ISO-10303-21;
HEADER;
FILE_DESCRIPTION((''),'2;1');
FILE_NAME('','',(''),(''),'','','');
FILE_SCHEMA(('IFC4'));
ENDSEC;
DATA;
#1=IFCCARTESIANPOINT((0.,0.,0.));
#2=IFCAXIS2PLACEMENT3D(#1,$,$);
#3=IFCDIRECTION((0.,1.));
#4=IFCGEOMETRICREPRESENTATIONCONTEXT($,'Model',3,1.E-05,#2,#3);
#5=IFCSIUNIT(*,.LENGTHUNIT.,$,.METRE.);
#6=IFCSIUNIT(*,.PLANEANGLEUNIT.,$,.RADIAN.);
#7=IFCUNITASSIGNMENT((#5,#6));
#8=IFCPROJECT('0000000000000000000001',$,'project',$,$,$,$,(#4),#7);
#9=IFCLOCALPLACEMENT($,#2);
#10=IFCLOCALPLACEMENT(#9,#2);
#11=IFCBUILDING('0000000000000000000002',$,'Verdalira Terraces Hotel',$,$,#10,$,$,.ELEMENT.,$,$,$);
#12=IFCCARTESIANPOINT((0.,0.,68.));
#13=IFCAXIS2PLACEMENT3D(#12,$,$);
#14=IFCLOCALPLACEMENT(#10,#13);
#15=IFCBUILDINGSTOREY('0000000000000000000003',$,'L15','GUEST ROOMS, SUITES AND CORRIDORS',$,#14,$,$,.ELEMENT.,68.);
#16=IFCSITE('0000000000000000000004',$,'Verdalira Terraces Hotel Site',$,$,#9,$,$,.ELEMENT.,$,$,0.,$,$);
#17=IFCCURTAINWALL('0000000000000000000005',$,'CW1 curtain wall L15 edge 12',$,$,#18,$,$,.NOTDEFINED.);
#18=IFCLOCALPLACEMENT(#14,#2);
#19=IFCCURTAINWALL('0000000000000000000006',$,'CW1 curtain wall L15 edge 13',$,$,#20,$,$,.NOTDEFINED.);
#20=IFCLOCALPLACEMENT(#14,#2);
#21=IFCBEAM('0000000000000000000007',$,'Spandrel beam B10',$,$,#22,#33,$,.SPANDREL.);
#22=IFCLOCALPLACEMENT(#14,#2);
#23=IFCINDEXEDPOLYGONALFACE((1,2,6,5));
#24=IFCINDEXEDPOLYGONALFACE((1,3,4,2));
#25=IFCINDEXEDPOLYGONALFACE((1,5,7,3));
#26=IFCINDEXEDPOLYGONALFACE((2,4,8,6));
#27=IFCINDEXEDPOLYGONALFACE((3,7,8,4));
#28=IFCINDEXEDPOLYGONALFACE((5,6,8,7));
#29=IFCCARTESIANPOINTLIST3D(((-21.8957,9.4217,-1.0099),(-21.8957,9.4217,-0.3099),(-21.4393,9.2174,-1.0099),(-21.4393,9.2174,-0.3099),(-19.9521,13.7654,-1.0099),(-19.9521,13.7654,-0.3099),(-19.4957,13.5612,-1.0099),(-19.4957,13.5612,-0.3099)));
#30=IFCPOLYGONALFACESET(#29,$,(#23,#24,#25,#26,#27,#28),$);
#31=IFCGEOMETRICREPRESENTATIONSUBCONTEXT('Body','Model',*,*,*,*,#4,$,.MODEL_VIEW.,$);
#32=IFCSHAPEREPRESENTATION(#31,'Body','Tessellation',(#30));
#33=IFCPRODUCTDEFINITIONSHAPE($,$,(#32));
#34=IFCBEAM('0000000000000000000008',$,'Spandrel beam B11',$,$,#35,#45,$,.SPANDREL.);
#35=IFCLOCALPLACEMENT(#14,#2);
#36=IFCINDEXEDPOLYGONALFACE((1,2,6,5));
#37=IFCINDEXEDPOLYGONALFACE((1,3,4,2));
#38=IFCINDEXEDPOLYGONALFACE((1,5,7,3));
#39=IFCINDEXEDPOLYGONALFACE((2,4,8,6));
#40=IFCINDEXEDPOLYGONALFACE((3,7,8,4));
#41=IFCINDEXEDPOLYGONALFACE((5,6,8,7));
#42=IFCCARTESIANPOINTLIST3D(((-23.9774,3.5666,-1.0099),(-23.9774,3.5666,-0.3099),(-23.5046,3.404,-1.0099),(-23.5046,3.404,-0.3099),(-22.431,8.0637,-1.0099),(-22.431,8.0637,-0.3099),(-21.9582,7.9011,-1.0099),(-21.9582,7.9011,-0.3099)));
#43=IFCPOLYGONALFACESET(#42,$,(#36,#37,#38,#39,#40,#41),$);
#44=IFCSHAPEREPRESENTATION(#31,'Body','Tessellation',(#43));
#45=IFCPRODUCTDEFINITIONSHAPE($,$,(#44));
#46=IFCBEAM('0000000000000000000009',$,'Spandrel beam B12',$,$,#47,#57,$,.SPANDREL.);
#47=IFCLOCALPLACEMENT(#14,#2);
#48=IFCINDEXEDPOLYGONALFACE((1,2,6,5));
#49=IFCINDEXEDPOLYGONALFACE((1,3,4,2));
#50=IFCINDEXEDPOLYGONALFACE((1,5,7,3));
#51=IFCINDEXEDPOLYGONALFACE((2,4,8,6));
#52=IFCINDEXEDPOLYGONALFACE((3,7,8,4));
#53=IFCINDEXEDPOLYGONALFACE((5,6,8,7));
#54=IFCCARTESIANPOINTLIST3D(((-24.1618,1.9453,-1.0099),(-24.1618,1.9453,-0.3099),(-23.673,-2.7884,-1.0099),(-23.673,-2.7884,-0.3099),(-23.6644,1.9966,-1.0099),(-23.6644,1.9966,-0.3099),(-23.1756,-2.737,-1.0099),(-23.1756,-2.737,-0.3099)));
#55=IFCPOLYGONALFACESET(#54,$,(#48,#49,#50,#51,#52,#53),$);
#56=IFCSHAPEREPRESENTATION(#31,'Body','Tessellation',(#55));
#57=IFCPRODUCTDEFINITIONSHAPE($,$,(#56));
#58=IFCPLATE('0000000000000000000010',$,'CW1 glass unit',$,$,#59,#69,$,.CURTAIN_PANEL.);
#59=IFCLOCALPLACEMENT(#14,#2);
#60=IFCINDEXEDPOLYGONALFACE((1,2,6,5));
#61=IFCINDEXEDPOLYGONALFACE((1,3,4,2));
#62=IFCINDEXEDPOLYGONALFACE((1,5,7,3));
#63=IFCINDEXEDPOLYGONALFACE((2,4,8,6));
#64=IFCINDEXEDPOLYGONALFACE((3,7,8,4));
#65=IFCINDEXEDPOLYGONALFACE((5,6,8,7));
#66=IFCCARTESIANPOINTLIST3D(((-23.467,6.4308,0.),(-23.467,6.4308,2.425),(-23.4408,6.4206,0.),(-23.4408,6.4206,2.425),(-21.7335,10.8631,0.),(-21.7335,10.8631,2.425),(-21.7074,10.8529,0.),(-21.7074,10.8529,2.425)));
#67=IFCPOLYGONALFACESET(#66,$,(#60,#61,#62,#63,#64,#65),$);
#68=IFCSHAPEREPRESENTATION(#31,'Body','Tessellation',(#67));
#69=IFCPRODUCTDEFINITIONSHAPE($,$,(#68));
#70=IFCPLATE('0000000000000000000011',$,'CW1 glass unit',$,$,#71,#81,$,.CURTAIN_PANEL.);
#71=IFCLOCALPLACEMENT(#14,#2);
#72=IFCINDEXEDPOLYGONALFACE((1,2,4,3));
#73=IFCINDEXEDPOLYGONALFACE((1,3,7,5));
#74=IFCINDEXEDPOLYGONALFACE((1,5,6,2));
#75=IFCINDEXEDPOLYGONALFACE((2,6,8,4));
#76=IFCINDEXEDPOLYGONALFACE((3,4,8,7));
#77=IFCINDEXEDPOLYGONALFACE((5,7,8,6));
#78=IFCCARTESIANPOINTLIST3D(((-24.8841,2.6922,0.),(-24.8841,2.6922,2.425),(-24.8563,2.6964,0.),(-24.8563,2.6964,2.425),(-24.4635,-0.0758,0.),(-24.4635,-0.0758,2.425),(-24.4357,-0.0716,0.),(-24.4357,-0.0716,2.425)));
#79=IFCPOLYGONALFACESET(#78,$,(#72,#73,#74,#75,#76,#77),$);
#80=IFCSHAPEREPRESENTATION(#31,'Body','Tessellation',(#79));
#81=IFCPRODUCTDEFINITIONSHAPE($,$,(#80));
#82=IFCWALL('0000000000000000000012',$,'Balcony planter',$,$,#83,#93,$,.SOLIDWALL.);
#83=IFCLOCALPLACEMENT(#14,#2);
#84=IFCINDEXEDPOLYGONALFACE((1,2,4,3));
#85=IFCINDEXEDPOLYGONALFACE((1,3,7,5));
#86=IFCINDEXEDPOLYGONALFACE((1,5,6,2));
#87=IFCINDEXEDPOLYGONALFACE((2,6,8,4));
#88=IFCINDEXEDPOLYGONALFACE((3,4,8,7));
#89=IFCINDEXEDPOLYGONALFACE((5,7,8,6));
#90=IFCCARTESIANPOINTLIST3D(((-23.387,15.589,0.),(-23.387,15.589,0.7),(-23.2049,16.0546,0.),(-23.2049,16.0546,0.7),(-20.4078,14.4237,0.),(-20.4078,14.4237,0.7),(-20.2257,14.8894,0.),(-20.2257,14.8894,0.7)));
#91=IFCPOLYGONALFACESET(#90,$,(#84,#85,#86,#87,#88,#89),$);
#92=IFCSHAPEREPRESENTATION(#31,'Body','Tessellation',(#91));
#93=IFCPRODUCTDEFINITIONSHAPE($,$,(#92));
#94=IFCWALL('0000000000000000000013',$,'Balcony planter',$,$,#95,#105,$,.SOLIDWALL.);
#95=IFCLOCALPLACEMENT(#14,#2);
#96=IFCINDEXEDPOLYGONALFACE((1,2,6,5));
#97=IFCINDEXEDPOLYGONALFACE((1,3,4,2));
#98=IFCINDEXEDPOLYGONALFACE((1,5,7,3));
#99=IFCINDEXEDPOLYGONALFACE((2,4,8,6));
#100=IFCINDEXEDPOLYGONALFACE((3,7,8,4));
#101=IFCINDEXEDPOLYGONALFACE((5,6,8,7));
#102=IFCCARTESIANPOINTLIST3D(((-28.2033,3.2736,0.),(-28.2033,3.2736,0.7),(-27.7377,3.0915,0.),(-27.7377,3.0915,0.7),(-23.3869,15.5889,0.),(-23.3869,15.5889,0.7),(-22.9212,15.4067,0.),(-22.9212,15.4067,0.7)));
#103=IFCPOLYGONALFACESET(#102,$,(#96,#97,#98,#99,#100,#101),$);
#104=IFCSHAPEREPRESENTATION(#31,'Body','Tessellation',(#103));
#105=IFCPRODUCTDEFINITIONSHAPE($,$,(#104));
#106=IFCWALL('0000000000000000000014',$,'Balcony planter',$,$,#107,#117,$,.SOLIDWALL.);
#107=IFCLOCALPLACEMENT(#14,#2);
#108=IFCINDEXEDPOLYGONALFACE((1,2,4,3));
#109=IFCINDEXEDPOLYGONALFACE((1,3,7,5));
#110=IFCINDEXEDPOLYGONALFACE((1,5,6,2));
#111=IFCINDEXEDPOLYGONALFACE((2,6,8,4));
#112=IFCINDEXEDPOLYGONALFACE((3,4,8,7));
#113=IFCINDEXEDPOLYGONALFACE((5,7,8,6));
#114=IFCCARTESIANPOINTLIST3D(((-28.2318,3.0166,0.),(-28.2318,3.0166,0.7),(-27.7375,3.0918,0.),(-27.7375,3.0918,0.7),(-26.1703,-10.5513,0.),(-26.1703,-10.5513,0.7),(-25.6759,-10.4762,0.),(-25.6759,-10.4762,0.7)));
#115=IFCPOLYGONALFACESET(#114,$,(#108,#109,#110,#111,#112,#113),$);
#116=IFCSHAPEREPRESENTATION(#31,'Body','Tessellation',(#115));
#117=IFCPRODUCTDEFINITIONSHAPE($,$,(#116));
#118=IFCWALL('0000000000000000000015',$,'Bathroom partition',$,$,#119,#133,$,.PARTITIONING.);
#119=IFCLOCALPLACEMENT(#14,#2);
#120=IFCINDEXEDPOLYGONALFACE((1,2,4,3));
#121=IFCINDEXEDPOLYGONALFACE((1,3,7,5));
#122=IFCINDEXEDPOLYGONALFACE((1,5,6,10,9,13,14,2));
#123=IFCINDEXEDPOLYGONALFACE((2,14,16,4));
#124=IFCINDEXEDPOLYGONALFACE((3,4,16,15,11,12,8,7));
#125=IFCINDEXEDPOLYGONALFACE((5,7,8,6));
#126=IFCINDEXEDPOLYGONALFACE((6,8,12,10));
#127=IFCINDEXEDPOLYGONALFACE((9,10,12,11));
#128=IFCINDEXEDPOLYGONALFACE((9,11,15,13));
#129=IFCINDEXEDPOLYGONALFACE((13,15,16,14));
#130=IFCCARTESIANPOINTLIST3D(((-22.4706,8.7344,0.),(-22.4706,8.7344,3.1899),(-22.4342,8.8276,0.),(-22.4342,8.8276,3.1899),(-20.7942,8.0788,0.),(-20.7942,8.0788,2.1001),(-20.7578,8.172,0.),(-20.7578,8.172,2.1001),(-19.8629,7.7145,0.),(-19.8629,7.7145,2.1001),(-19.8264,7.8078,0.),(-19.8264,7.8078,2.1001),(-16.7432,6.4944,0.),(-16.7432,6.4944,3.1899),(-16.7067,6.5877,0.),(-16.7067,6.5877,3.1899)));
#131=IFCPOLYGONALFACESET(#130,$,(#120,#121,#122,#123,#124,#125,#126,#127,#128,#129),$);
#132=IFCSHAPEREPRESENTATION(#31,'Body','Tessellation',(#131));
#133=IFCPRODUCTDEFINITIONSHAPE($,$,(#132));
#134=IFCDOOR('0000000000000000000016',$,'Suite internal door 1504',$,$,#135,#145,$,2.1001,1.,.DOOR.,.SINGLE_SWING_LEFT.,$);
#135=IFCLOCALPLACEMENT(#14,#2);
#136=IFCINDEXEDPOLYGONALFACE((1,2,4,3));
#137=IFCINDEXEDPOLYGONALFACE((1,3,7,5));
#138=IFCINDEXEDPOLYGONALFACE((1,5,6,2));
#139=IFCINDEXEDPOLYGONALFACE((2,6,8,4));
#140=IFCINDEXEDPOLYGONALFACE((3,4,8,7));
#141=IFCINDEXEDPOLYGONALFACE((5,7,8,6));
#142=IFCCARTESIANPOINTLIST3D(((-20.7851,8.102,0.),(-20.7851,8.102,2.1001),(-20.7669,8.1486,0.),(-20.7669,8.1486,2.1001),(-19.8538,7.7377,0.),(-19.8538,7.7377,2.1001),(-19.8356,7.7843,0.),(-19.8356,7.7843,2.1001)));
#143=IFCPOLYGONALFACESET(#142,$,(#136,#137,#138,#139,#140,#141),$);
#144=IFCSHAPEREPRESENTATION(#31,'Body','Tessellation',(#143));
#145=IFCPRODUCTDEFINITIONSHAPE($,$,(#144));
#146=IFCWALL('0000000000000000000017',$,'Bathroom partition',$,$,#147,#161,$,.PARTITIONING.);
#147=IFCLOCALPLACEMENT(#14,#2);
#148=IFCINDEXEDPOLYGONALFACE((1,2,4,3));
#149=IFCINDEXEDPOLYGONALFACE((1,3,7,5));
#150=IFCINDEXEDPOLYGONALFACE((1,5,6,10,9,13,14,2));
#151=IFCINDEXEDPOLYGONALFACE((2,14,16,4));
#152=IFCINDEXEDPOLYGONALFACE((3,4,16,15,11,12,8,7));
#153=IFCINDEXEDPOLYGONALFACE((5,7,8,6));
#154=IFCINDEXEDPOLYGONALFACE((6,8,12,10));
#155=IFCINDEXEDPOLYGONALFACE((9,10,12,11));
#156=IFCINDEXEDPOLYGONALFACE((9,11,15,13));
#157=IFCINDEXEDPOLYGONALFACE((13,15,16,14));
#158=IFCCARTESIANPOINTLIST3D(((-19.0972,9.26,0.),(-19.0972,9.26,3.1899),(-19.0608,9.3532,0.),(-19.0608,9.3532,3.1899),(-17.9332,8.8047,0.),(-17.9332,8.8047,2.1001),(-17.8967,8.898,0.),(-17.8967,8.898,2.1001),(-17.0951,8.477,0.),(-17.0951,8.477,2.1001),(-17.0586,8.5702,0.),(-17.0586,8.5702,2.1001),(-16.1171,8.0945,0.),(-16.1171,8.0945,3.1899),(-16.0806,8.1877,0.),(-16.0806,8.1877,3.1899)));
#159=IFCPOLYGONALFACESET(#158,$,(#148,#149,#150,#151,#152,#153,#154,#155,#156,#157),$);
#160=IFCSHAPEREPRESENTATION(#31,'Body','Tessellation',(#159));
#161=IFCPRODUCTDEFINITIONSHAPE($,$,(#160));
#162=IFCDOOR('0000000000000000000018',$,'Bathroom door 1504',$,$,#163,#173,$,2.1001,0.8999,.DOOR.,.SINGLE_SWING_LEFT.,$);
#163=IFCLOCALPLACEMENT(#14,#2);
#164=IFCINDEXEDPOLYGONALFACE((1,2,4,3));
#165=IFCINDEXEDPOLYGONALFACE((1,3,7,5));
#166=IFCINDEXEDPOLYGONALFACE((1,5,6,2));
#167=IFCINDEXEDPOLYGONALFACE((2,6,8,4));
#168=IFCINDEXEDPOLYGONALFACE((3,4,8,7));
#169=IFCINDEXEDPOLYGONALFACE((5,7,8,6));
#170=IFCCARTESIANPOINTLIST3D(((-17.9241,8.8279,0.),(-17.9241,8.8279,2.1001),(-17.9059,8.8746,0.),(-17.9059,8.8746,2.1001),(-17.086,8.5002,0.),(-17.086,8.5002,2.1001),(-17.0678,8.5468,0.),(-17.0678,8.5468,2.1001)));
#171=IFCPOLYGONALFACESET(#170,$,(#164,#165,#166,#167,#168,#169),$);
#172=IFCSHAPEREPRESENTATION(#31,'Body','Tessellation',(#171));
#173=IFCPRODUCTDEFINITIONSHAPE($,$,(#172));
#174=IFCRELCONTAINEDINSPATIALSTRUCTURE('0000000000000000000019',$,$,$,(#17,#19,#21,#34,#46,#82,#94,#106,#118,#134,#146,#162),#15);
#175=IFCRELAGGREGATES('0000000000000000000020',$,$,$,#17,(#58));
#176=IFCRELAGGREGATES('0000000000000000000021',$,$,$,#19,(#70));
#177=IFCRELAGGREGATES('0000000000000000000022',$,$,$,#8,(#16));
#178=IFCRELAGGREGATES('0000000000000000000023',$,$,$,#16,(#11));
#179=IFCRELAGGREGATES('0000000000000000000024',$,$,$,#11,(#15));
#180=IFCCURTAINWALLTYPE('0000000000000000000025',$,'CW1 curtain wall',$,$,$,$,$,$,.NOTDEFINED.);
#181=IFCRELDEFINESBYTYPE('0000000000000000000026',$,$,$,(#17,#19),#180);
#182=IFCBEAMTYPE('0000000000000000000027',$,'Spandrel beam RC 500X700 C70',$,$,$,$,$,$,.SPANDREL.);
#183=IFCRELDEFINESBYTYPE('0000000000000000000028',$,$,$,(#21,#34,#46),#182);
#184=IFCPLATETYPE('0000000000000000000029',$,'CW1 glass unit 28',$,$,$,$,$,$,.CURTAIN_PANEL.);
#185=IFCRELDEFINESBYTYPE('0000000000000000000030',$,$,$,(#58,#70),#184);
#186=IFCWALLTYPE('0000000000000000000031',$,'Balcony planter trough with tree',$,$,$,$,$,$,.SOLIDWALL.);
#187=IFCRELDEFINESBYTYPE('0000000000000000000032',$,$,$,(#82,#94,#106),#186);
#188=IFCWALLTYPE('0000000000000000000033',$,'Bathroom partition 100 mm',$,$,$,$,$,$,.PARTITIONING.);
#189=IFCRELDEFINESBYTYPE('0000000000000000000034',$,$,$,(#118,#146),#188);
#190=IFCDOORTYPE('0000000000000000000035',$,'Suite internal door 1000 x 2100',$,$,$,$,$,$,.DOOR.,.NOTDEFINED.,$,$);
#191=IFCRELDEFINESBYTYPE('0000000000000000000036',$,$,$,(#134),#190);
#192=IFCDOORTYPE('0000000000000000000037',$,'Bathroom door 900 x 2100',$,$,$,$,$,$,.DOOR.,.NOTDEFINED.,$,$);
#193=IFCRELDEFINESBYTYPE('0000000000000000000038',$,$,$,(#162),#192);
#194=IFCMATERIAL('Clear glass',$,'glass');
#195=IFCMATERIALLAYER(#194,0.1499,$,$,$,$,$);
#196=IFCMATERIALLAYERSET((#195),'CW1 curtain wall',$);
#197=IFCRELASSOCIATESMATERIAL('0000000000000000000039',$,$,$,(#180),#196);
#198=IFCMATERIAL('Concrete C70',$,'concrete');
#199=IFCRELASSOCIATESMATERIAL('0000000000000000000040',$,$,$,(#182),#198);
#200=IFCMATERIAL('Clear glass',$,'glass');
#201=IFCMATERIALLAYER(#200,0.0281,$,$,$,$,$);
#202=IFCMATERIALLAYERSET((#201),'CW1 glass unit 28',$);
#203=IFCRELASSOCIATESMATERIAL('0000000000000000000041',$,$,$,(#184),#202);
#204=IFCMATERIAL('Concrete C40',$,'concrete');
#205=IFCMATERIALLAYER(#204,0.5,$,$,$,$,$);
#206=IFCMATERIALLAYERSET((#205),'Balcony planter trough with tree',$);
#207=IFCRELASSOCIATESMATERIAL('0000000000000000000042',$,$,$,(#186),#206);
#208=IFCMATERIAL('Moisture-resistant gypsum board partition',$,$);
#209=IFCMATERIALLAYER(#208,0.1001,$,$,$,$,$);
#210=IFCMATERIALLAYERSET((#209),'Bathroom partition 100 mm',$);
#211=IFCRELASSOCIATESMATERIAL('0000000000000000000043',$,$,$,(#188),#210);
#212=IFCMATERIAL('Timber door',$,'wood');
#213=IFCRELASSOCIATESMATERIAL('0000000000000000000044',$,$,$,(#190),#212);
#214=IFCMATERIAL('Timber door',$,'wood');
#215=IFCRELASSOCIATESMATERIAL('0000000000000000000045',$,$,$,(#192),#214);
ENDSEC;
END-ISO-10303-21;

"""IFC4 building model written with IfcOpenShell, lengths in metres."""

from ifc_helpers import new_model, si_unit, direction, frame, frame_2d, origin, origin_2d, place, context, subcontext, project, spatial, rectangle, extrude, material, layer, layer_set, material_profile, profile_set, type_object, element, fill, aggregate, save


model = new_model("IFC4")

# Units and contexts
model_context = context("Model", 3, precision=1e-05, world=origin(), true_north=direction((0.0, 1.0)))
body_context = subcontext(model_context, "Body", "Model", "MODEL_VIEW")
ifc_project = project(units=[si_unit("LENGTHUNIT", "METRE"), si_unit("PLANEANGLEUNIT", "RADIAN")], contexts=[model_context])

# Site, building, storey
site_placement = place(None, origin())
site = spatial("IfcSite", under=ifc_project, at=site_placement, Name="Verdalira Terraces Hotel Site", CompositionType="ELEMENT", RefElevation=0.0)
building_placement = place(site_placement, origin())
building = spatial("IfcBuilding", under=site, at=building_placement, Name="Verdalira Terraces Hotel", CompositionType="ELEMENT")
storey_placement = place(building_placement, frame((0.0, 0.0, 68.0)))
storey = spatial("IfcBuildingStorey", under=building, at=storey_placement, Name="L15", Description="GUEST ROOMS, SUITES AND CORRIDORS", CompositionType="ELEMENT", Elevation=68.0)

# Curtain wall
ifc_material_1 = material(Name="Clear glass", Category="glass")
ifc_layer_1 = layer(ifc_material_1, 0.1499)
ifc_layer_set_1 = layer_set([ifc_layer_1], Name="CW1 curtain wall")
curtain_wall_type = type_object("IfcCurtainWallType", Name="CW1 curtain wall", PredefinedType="NOTDEFINED", material=ifc_layer_set_1)
curtain_wall_1_placement = place(storey_placement, origin())
curtain_wall_1 = element("IfcCurtainWall", 1, at=curtain_wall_1_placement, inside=storey, type_object=curtain_wall_type, Name="CW1 curtain wall L15 edge 12", PredefinedType="NOTDEFINED")

# Curtain wall
curtain_wall_2_placement = place(storey_placement, origin())
curtain_wall_2 = element("IfcCurtainWall", 2, at=curtain_wall_2_placement, inside=storey, type_object=curtain_wall_type, Name="CW1 curtain wall L15 edge 13", PredefinedType="NOTDEFINED")

# Beams
ifc_material_2 = material(Name="Concrete C70", Category="concrete")
ifc_material_profile_1 = material_profile(ifc_material_2, rectangle(XDim=0.5, YDim=0.7, at=origin_2d()), Name="RC 500X700")
ifc_profile_set_1 = profile_set([ifc_material_profile_1], Name="Concrete C70")
beam_type_1 = type_object("IfcBeamType", Name="Spandrel beam RC 500X700 C70", PredefinedType="SPANDREL", material=ifc_profile_set_1)
beam_1_placement = place(storey_placement, frame((-19.7239, 13.6633, -0.6599), z_axis=(-0.408427, -0.912791, 0.0), x_axis=(0.912791, -0.408427, 0.0)))
element("IfcBeam", 3, at=beam_1_placement, inside=storey, type_object=beam_type_1, Name="Spandrel beam B10", PredefinedType="SPANDREL", context=body_context, shape_type="SweptSolid", body=[
    extrude(rectangle(XDim=0.5, YDim=0.7, at=origin_2d()), origin(), (0.0, 0.0, 1.0), 4.7588),
])
beam_2_placement = place(storey_placement, frame((-22.1946, 7.9824, -0.6599), z_axis=(-0.325177, -0.945653, 0.0), x_axis=(0.945653, -0.325177, 0.0)))
element("IfcBeam", 4, at=beam_2_placement, inside=storey, type_object=beam_type_1, Name="Spandrel beam B11", PredefinedType="SPANDREL", context=body_context, shape_type="SweptSolid", body=[
    extrude(rectangle(XDim=0.5, YDim=0.7, at=origin_2d()), origin(), (0.0, 0.0, 1.0), 4.7556),
])
beam_3_placement = place(storey_placement, frame((-23.9131, 1.9709, -0.6599), z_axis=(0.102708, -0.994712, 0.0), x_axis=(0.994712, 0.102708, 0.0)))
element("IfcBeam", 5, at=beam_3_placement, inside=storey, type_object=beam_type_1, Name="Spandrel beam B12", PredefinedType="SPANDREL", context=body_context, shape_type="SweptSolid", body=[
    extrude(rectangle(XDim=0.5, YDim=0.7, at=origin_2d()), origin(), (0.0, 0.0, 1.0), 4.7588),
])

# Plates
ifc_material_3 = material(Name="Clear glass", Category="glass")
ifc_layer_2 = layer(ifc_material_3, 0.0281)
ifc_layer_set_2 = layer_set([ifc_layer_2], Name="CW1 glass unit 28")
plate_type = type_object("IfcPlateType", Name="CW1 glass unit 28", PredefinedType="CURTAIN_PANEL", material=ifc_layer_set_2)
plate_1_placement = place(storey_placement, frame((-22.5872, 8.6418, 0.0), z_axis=(0.0, 0.0, 1.0), x_axis=(-0.364227, -0.93131, 0.0)))
plate_1 = element("IfcPlate", 6, at=plate_1_placement, type_object=plate_type, Name="CW1 glass unit", PredefinedType="CURTAIN_PANEL", context=body_context, shape_type="SweptSolid", body=[
    extrude(rectangle(XDim=4.7593, YDim=0.0281, at=origin_2d()), origin(), (0.0, 0.0, 1.0), 2.425),
])
aggregate(curtain_wall_1, [plate_1])
plate_2_placement = place(storey_placement, frame((-24.6599, 1.3103, 0.0), z_axis=(0.0, 0.0, 1.0), x_axis=(0.150226, -0.988652, 0.0)))
plate_2 = element("IfcPlate", 7, at=plate_2_placement, type_object=plate_type, Name="CW1 glass unit", PredefinedType="CURTAIN_PANEL", context=body_context, shape_type="SweptSolid", body=[
    extrude(rectangle(XDim=2.7998, YDim=0.0281, at=origin_2d()), origin(), (0.0, 0.0, 1.0), 2.425),
])
aggregate(curtain_wall_2, [plate_2])

# Walls
ifc_material_4 = material(Name="Concrete C40", Category="concrete")
ifc_layer_3 = layer(ifc_material_4, 0.5)
ifc_layer_set_3 = layer_set([ifc_layer_3], Name="Balcony planter trough with tree")
wall_type_1 = type_object("IfcWallType", Name="Balcony planter trough with tree", PredefinedType="SOLIDWALL", material=ifc_layer_set_3)
wall_1_placement = place(storey_placement, frame((-20.3166, 14.6565, 0.0), z_axis=(0.0, 0.0, 1.0), x_axis=(-0.931297, 0.364261, 0.0)))
element("IfcWall", 8, at=wall_1_placement, inside=storey, type_object=wall_type_1, Name="Balcony planter", PredefinedType="SOLIDWALL", context=body_context, shape_type="SweptSolid", body=[
    extrude(rectangle(XDim=3.199, YDim=0.5, at=frame_2d((1.5996, 0.0))), origin(), (0.0, 0.0, 1.0), 0.7),
])
wall_2_placement = place(storey_placement, frame((-23.1541, 15.4978, 0.0), z_axis=(0.0, 0.0, 1.0), x_axis=(-0.36423, -0.931309, 0.0)))
element("IfcWall", 9, at=wall_2_placement, inside=storey, type_object=wall_type_1, Name="Balcony planter", PredefinedType="SOLIDWALL", context=body_context, shape_type="SweptSolid", body=[
    extrude(rectangle(XDim=13.2236, YDim=0.5, at=frame_2d((6.6118, 0.0))), origin(), (0.0, 0.0, 1.0), 0.7),
])
wall_3_placement = place(storey_placement, frame((-27.9846, 3.0542, 0.0), z_axis=(0.0, 0.0, 1.0), x_axis=(0.150217, -0.988653, 0.0)))
element("IfcWall", 10, at=wall_3_placement, inside=storey, type_object=wall_type_1, Name="Balcony planter", PredefinedType="SOLIDWALL", context=body_context, shape_type="SweptSolid", body=[
    extrude(rectangle(XDim=13.7236, YDim=0.5, at=frame_2d((6.8618, 0.0))), origin(), (0.0, 0.0, 1.0), 0.7),
])

# Walls, openings, doors
ifc_material_5 = material(Name="Moisture-resistant gypsum board partition")
ifc_layer_4 = layer(ifc_material_5, 0.1001)
ifc_layer_set_4 = layer_set([ifc_layer_4], Name="Bathroom partition 100 mm")
wall_type_2 = type_object("IfcWallType", Name="Bathroom partition 100 mm", PredefinedType="PARTITIONING", material=ifc_layer_set_4)
wall_4_placement = place(storey_placement, frame((-22.4524, 8.781, 0.0), z_axis=(0.0, 0.0, 1.0), x_axis=(0.93131, -0.364227, 0.0)))
wall_4 = element("IfcWall", 11, at=wall_4_placement, inside=storey, type_object=wall_type_2, Name="Bathroom partition", PredefinedType="PARTITIONING", context=body_context, shape_type="SweptSolid", body=[
    extrude(rectangle(XDim=6.1499, YDim=0.1001, at=frame_2d((3.075, 0.0))), origin(), (0.0, 0.0, 1.0), 3.1899),
])
opening_1_placement = place(wall_4_placement, frame((1.8, 0.0, 0.0)))
opening_1 = element("IfcOpeningElement", 12, at=opening_1_placement, cuts=wall_4, PredefinedType="OPENING", context=body_context, shape_type="SweptSolid", body=[
    extrude(rectangle(XDim=1.0, YDim=2.1001, at=frame_2d((0.5, 1.05))), frame((0.0, 0.0601, 0.0), z_axis=(0.0, -1.0, 0.0), x_axis=(1.0, 0.0, 0.0)), (0.0, 0.0, 1.0), 0.1201),
])
ifc_material_6 = material(Name="Timber door", Category="wood")
door_type_1 = type_object("IfcDoorType", Name="Suite internal door 1000 x 2100", OperationType="NOTDEFINED", PredefinedType="DOOR", material=ifc_material_6)
door_1_placement = place(opening_1_placement, origin())
door_1 = element("IfcDoor", 13, at=door_1_placement, inside=storey, type_object=door_type_1, Name="Suite internal door 1504", OperationType="SINGLE_SWING_LEFT", OverallHeight=2.1001, OverallWidth=1.0, PredefinedType="DOOR", context=body_context, shape_type="SweptSolid", body=[
    extrude(rectangle(XDim=1.0, YDim=2.1001, at=frame_2d((0.5, 1.05))), frame((0.0, 0.0249, 0.0), z_axis=(0.0, -1.0, 0.0), x_axis=(1.0, 0.0, 0.0)), (0.0, 0.0, 1.0), 0.05),
])
fill(opening_1, door_1)
wall_5_placement = place(storey_placement, frame((-19.0791, 9.3066, 0.0), z_axis=(0.0, 0.0, 1.0), x_axis=(0.931311, -0.364224, 0.0)))
wall_5 = element("IfcWall", 14, at=wall_5_placement, inside=storey, type_object=wall_type_2, Name="Bathroom partition", PredefinedType="PARTITIONING", context=body_context, shape_type="SweptSolid", body=[
    extrude(rectangle(XDim=3.2, YDim=0.1001, at=frame_2d((1.6001, 0.0))), origin(), (0.0, 0.0, 1.0), 3.1899),
])
opening_2_placement = place(wall_5_placement, frame((1.25, 0.0, 0.0)))
opening_2 = element("IfcOpeningElement", 15, at=opening_2_placement, cuts=wall_5, PredefinedType="OPENING", context=body_context, shape_type="SweptSolid", body=[
    extrude(rectangle(XDim=0.8999, YDim=2.1001, at=frame_2d((0.45, 1.05))), frame((0.0, 0.0601, 0.0), z_axis=(0.0, -1.0, 0.0), x_axis=(1.0, 0.0, 0.0)), (0.0, 0.0, 1.0), 0.1201),
])
ifc_material_7 = material(Name="Timber door", Category="wood")
door_type_2 = type_object("IfcDoorType", Name="Bathroom door 900 x 2100", OperationType="NOTDEFINED", PredefinedType="DOOR", material=ifc_material_7)
door_2_placement = place(opening_2_placement, origin())
door_2 = element("IfcDoor", 16, at=door_2_placement, inside=storey, type_object=door_type_2, Name="Bathroom door 1504", OperationType="SINGLE_SWING_LEFT", OverallHeight=2.1001, OverallWidth=0.8999, PredefinedType="DOOR", context=body_context, shape_type="SweptSolid", body=[
    extrude(rectangle(XDim=0.8999, YDim=2.1001, at=frame_2d((0.45, 1.05))), frame((0.0, 0.0249, 0.0), z_axis=(0.0, -1.0, 0.0), x_axis=(1.0, 0.0, 0.0)), (0.0, 0.0, 1.0), 0.05),
])
fill(opening_2, door_2)

save(model, "model.ifc")
